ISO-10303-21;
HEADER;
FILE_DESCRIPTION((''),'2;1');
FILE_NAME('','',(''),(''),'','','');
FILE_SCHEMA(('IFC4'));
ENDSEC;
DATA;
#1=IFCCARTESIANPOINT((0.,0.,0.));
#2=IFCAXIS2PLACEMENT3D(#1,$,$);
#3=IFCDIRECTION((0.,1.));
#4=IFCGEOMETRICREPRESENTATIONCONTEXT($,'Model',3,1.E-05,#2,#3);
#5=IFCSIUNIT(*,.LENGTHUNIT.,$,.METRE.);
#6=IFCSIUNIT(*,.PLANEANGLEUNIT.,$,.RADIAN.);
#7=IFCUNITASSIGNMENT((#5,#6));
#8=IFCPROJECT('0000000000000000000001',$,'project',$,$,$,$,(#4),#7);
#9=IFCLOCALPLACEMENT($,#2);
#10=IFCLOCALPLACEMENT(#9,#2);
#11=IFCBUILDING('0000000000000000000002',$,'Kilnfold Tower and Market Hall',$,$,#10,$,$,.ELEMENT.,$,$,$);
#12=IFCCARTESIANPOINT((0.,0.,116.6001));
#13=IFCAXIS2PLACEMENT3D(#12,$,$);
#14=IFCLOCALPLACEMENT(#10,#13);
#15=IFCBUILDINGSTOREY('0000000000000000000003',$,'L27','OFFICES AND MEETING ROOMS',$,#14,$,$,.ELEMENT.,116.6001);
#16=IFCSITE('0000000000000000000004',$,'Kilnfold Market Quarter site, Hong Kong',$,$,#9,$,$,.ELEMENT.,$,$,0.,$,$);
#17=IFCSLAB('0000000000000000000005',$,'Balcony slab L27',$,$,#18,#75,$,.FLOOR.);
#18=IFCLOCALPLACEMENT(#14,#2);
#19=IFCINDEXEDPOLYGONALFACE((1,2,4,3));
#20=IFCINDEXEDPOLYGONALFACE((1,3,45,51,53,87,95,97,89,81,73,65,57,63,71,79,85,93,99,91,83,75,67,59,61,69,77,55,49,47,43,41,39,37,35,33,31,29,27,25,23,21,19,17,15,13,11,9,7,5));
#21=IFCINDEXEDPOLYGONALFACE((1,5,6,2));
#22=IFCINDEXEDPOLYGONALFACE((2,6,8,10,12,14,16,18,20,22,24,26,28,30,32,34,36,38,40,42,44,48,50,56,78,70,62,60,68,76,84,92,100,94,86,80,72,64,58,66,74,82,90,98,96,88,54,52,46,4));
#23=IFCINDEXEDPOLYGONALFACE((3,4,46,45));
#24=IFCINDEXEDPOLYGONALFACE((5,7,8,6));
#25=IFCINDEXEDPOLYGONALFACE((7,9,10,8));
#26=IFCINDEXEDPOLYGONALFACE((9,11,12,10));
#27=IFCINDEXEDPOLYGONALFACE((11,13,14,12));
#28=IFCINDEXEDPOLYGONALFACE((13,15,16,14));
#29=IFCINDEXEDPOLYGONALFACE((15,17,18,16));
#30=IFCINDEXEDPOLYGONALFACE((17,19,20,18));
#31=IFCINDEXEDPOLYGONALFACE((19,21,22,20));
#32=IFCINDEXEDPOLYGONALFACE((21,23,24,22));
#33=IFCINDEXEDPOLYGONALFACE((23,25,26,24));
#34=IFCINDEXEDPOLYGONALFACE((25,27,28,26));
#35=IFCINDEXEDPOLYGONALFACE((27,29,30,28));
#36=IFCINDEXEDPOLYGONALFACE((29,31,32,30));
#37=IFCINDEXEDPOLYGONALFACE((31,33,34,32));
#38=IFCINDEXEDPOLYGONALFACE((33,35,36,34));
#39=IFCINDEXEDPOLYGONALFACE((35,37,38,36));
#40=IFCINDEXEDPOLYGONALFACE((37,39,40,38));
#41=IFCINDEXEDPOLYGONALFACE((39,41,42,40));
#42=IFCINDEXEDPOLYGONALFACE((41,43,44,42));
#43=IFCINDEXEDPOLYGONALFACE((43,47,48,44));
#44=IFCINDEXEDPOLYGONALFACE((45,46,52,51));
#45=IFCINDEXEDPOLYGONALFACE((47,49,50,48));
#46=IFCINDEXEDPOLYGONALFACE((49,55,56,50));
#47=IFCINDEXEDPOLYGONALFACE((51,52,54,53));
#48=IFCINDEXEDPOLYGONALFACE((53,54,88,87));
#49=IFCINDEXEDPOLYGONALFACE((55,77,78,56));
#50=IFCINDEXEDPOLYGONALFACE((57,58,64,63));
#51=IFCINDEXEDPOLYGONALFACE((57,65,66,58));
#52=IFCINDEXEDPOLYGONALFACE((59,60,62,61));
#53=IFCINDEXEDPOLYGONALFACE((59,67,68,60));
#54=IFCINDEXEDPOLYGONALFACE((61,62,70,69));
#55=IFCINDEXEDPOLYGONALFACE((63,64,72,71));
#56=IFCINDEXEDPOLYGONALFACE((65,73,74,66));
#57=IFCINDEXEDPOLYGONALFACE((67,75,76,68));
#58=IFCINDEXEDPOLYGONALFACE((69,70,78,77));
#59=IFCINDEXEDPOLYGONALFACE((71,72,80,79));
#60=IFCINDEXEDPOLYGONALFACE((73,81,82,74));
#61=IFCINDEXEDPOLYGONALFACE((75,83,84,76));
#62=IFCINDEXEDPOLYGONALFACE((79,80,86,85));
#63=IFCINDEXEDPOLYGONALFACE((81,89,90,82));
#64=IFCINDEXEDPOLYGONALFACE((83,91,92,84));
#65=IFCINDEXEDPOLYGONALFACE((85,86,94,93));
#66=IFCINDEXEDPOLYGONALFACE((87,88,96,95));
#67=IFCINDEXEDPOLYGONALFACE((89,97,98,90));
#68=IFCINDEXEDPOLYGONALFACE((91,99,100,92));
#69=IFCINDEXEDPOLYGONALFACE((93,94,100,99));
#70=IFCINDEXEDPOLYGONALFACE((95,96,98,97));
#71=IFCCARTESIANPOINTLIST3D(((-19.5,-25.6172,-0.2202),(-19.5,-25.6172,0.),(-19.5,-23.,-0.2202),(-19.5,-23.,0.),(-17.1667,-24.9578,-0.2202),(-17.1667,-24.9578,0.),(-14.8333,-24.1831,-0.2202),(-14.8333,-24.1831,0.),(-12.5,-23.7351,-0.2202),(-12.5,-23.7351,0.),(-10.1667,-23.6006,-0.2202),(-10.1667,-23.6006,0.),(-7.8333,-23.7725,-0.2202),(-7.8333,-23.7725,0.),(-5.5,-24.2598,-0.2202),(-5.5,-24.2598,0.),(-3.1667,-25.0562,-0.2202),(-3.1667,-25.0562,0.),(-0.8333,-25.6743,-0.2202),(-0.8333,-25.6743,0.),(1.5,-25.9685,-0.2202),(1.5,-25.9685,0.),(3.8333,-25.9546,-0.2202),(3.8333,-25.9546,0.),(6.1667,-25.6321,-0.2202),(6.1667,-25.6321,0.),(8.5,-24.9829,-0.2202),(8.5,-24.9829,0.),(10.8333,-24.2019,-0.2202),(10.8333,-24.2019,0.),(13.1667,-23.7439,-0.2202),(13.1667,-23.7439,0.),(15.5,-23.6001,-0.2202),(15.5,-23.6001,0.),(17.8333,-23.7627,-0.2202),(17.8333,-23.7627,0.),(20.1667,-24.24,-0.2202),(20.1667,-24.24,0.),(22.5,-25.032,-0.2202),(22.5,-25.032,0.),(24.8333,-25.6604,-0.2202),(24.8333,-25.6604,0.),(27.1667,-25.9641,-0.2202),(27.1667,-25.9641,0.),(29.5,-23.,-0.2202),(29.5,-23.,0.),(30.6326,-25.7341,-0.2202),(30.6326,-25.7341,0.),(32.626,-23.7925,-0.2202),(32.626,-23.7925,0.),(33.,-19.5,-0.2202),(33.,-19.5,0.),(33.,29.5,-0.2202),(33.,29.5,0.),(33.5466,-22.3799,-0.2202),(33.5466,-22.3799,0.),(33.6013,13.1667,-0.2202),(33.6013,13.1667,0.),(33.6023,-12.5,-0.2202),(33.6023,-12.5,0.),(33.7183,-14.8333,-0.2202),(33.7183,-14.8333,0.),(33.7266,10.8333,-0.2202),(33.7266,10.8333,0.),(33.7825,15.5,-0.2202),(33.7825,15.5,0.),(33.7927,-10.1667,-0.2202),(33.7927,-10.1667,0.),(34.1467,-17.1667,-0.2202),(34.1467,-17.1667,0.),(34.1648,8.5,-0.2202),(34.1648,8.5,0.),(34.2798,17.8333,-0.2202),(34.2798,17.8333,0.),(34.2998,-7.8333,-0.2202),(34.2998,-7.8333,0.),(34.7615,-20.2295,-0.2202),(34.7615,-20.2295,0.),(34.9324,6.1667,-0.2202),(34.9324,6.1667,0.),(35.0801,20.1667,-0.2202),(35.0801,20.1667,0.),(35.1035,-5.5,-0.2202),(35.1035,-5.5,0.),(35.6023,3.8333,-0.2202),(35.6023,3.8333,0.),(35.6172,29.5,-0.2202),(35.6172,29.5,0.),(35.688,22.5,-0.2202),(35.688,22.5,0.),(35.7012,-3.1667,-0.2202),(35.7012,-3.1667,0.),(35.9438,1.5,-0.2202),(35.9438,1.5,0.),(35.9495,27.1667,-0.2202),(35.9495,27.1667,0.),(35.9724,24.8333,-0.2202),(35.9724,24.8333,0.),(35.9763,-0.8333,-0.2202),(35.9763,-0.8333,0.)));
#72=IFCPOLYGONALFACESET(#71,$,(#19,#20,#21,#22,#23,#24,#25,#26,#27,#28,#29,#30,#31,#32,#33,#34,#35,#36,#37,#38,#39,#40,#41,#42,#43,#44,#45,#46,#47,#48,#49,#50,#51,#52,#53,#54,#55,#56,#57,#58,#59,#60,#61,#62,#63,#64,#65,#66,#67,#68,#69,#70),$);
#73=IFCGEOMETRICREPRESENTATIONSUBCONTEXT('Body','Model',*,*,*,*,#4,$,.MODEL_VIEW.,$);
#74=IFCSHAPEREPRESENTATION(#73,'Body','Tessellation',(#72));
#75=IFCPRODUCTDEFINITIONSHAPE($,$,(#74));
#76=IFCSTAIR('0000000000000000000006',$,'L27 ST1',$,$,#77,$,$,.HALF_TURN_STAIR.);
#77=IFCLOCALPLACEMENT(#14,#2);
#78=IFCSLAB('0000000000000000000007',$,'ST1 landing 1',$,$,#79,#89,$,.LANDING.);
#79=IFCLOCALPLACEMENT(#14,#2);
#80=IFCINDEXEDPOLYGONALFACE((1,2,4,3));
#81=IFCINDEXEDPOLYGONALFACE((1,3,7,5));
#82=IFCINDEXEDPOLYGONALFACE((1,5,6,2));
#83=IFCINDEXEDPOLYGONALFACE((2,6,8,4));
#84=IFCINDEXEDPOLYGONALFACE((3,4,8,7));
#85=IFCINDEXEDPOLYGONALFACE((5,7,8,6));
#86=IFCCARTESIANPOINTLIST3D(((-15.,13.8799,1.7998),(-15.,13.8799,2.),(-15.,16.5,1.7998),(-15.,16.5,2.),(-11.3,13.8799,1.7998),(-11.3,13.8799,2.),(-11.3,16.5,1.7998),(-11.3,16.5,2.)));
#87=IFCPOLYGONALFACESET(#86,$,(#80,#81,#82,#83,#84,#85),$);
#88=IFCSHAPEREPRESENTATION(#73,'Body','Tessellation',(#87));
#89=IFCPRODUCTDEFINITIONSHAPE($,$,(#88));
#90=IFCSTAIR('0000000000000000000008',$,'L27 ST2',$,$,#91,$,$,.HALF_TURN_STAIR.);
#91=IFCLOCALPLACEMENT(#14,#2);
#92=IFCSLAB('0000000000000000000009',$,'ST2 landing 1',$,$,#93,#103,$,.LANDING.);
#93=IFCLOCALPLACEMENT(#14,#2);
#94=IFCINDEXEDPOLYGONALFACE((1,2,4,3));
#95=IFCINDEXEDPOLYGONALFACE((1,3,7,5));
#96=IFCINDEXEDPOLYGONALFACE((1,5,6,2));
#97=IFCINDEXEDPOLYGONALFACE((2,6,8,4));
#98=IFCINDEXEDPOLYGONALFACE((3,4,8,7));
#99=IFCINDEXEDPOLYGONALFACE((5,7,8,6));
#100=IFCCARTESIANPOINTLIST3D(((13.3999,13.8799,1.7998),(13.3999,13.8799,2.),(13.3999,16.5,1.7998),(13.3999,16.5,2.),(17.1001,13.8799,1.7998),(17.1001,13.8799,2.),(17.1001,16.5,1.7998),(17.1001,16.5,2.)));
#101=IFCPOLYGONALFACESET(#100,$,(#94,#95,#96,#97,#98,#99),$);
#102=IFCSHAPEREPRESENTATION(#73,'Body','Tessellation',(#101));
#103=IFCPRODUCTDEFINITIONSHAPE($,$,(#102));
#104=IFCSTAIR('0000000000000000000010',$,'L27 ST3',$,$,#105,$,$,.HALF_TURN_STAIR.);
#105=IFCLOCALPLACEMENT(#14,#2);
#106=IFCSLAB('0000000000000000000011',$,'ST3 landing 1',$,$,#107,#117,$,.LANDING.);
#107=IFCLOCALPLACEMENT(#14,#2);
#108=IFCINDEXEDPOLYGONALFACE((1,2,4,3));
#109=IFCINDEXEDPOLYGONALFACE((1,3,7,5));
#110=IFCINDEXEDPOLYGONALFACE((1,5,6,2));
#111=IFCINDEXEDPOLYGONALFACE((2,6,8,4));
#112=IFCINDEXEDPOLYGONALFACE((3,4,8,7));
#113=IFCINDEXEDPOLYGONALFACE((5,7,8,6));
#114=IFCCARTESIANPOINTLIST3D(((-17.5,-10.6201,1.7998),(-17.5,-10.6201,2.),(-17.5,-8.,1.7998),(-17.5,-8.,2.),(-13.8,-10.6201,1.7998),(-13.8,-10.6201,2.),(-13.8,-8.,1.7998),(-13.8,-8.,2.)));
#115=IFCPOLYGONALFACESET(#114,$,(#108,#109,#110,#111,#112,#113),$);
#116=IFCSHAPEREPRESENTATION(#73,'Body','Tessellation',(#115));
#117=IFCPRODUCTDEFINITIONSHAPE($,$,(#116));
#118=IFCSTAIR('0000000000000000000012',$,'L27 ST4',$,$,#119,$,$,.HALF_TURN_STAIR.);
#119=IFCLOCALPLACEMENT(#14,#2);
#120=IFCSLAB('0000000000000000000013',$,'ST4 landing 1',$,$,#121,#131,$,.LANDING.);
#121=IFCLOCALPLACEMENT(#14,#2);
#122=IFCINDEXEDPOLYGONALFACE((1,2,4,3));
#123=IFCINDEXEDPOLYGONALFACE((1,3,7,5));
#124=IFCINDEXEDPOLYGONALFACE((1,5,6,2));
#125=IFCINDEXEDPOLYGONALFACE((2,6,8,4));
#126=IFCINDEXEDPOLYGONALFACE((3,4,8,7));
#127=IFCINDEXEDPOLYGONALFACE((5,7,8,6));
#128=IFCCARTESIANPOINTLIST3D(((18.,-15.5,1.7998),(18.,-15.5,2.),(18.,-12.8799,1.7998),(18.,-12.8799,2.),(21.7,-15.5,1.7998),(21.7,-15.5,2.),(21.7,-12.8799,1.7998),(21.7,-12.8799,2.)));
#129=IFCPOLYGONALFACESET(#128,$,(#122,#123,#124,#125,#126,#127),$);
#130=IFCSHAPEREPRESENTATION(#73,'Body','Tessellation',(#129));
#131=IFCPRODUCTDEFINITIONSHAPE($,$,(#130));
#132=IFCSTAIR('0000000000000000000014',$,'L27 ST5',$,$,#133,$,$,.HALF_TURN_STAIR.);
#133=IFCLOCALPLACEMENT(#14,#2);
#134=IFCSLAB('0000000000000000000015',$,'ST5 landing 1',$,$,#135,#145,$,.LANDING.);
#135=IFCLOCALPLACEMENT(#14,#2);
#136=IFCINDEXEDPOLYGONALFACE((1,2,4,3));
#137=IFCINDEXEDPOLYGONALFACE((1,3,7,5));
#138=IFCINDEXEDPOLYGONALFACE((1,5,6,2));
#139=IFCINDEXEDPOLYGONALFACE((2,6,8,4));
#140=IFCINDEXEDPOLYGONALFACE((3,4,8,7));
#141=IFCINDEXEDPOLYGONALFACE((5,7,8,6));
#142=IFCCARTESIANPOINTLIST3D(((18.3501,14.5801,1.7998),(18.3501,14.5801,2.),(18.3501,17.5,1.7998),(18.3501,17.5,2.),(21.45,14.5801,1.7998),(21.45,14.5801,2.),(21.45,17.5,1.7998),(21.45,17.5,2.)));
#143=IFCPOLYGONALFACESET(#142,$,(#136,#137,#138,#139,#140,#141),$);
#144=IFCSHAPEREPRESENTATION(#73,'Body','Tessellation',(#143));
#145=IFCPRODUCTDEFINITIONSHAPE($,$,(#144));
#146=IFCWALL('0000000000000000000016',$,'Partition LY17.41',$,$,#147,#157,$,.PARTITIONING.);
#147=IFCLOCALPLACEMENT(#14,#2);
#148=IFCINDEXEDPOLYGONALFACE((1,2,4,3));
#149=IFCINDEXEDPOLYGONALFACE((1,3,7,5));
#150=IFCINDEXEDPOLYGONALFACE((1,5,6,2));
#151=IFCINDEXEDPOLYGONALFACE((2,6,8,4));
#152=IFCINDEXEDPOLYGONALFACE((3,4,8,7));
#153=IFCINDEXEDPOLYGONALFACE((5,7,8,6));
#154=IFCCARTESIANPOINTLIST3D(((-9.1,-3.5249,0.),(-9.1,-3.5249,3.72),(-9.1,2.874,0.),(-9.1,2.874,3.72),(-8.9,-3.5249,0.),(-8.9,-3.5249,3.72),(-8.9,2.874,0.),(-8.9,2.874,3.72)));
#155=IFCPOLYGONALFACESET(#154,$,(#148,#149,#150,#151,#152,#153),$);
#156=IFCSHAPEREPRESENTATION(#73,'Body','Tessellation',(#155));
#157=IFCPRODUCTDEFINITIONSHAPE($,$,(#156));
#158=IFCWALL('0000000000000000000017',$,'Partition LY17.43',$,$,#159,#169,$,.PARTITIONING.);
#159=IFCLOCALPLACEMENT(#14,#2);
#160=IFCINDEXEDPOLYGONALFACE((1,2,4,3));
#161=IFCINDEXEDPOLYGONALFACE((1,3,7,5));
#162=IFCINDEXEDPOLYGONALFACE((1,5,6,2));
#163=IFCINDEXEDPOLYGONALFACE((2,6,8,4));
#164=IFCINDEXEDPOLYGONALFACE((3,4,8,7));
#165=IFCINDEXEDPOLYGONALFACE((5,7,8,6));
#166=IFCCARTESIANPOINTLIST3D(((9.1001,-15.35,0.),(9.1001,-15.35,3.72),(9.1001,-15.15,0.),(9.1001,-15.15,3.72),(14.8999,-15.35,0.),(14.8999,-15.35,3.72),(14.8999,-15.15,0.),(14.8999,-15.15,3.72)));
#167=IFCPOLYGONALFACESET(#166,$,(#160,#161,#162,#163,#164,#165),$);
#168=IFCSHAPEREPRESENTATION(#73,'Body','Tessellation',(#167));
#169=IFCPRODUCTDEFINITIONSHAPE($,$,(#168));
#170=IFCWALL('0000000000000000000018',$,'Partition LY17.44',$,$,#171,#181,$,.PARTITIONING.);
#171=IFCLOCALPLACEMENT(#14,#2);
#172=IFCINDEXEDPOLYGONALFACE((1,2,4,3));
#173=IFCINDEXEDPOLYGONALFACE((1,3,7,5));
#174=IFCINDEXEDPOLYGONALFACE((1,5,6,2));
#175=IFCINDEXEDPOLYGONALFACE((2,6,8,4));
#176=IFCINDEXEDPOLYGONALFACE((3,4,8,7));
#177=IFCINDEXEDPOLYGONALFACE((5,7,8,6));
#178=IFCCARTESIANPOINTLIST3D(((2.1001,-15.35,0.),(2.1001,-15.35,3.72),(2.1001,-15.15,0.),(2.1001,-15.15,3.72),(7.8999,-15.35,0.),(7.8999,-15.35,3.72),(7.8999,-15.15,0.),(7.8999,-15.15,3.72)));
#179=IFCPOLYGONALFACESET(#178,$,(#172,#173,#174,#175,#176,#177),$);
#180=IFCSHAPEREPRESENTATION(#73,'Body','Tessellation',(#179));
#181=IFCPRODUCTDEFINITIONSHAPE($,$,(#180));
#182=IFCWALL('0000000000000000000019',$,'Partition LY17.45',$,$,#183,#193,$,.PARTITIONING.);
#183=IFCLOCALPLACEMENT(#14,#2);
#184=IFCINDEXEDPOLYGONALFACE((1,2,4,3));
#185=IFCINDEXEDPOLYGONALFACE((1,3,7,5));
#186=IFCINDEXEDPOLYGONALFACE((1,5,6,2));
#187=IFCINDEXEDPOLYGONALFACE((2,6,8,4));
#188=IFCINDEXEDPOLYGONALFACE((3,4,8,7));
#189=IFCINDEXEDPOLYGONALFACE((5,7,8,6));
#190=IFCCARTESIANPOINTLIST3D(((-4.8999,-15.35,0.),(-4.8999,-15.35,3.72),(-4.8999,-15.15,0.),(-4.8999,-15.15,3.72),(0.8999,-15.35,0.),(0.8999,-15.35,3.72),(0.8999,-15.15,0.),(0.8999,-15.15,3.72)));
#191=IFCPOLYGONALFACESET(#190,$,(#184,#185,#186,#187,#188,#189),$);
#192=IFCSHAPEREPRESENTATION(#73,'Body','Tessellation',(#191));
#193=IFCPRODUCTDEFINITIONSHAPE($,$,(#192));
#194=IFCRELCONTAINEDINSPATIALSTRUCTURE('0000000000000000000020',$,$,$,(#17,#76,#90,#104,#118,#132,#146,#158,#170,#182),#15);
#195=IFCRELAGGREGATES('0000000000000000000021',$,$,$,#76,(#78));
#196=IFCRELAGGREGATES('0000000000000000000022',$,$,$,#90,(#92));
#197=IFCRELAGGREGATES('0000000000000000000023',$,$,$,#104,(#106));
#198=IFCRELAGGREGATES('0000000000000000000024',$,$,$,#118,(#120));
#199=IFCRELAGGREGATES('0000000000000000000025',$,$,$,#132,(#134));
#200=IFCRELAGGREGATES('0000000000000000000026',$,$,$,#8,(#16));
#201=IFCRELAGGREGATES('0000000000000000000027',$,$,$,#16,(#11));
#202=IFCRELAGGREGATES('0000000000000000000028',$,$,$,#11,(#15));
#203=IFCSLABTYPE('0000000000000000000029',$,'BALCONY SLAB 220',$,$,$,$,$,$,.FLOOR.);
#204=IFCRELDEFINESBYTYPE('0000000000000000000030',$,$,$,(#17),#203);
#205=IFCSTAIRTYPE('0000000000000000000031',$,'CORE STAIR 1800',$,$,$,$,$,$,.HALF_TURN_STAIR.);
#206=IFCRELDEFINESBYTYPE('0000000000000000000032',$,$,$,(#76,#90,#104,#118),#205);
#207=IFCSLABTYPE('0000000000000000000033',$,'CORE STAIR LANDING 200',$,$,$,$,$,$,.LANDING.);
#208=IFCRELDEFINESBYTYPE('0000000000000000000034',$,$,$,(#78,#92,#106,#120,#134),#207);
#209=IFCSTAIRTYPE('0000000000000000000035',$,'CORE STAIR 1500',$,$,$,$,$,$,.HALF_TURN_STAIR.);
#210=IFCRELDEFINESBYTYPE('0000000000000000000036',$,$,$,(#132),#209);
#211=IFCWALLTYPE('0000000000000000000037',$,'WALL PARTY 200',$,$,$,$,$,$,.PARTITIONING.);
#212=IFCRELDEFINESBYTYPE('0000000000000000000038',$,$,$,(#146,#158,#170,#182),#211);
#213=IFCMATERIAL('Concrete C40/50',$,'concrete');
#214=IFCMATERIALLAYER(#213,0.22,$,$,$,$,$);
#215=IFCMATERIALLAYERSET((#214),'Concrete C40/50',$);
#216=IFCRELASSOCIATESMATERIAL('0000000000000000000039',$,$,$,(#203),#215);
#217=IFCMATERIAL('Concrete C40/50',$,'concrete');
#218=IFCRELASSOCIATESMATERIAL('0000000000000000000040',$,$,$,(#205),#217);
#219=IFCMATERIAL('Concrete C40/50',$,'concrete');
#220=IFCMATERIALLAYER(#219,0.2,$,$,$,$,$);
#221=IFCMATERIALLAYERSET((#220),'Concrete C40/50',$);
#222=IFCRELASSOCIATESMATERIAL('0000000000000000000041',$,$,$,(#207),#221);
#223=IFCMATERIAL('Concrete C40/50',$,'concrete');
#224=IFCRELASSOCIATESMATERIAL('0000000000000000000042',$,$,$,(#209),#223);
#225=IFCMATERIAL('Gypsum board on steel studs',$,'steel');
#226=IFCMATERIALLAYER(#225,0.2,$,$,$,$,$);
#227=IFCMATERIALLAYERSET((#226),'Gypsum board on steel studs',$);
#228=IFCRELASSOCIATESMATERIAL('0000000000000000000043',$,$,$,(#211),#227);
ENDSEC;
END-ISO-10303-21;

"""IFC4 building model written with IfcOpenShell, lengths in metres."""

from ifc_helpers import new_model, si_unit, direction, frame, frame_2d, origin, place, context, subcontext, project, spatial, polyline, rectangle, outline, extrude, source, transform, mapped, material, layer, layer_set, type_object, element, aggregate, save


model = new_model("IFC4")

# Units and contexts
model_context = context("Model", 3, precision=1e-05, world=origin(), true_north=direction((0.0, 1.0)))
body_context = subcontext(model_context, "Body", "Model", "MODEL_VIEW")
ifc_project = project(units=[si_unit("LENGTHUNIT", "METRE"), si_unit("PLANEANGLEUNIT", "RADIAN")], contexts=[model_context])

# Site, building, storey
site_placement = place(None, origin())
site = spatial("IfcSite", under=ifc_project, at=site_placement, Name="Kilnfold Market Quarter site, Hong Kong", CompositionType="ELEMENT", RefElevation=0.0)
building_placement = place(site_placement, origin())
building = spatial("IfcBuilding", under=site, at=building_placement, Name="Kilnfold Tower and Market Hall", CompositionType="ELEMENT")
storey_placement = place(building_placement, frame((0.0, 0.0, 116.6001)))
storey = spatial("IfcBuildingStorey", under=building, at=storey_placement, Name="L27", Description="OFFICES AND MEETING ROOMS", CompositionType="ELEMENT", Elevation=116.6001)

# Slab
ifc_material_1 = material(Name="Concrete C40/50", Category="concrete")
ifc_layer_1 = layer(ifc_material_1, 0.22)
ifc_layer_set_1 = layer_set([ifc_layer_1], Name="Concrete C40/50")
slab_type_1 = type_object("IfcSlabType", Name="BALCONY SLAB 220", PredefinedType="FLOOR", material=ifc_layer_set_1)
shared_shape_1 = source(origin(), body_context, "Body", "SweptSolid", [
    extrude(outline(polyline([(-19.5, -23.0), (29.5, -23.0), (33.0, -19.5), (33.0, 29.5), (35.6172, 29.5), (35.9495, 27.1667), (35.9724, 24.8333), (35.688, 22.5), (35.0801, 20.1667), (34.2798, 17.8333), (33.7825, 15.5), (33.6013, 13.1667), (33.7266, 10.8333), (34.1648, 8.5), (34.9324, 6.1667), (35.6023, 3.8333), (35.9438, 1.5), (35.9763, -0.8333), (35.7012, -3.1667), (35.1035, -5.5), (34.2998, -7.8333), (33.7927, -10.1667), (33.6023, -12.5), (33.7183, -14.8333), (34.1467, -17.1667), (34.7615, -20.2295), (33.5466, -22.3799), (32.626, -23.7925), (30.6326, -25.7341), (27.1667, -25.9641), (24.8333, -25.6604), (22.5, -25.032), (20.1667, -24.24), (17.8333, -23.7627), (15.5, -23.6001), (13.1667, -23.7439), (10.8333, -24.2019), (8.5, -24.9829), (6.1667, -25.6321), (3.8333, -25.9546), (1.5, -25.9685), (-0.8333, -25.6743), (-3.1667, -25.0562), (-5.5, -24.2598), (-7.8333, -23.7725), (-10.1667, -23.6006), (-12.5, -23.7351), (-14.8333, -24.1831), (-17.1667, -24.9578), (-19.5, -25.6172), (-19.5, -23.0)])), origin(), (0.0, 0.0, 1.0), 0.2202),
])
slab_1_placement = place(storey_placement, frame((0.0, 0.0, -0.2202)))
element("IfcSlab", 1, at=slab_1_placement, inside=storey, type_object=slab_type_1, Name="Balcony slab L27", PredefinedType="FLOOR", context=body_context, shape_type="MappedRepresentation", body=[
    mapped(shared_shape_1, transform((0.0, 0.0, 0.0))),
])

# Stairs, slabs
ifc_material_2 = material(Name="Concrete C40/50", Category="concrete")
stair_type_1 = type_object("IfcStairType", Name="CORE STAIR 1800", PredefinedType="HALF_TURN_STAIR", material=ifc_material_2)
stair_1_placement = place(storey_placement, origin())
stair_1 = element("IfcStair", 2, at=stair_1_placement, inside=storey, type_object=stair_type_1, Name="L27 ST1", PredefinedType="HALF_TURN_STAIR")
ifc_material_3 = material(Name="Concrete C40/50", Category="concrete")
ifc_layer_2 = layer(ifc_material_3, 0.2)
ifc_layer_set_2 = layer_set([ifc_layer_2], Name="Concrete C40/50")
slab_type_2 = type_object("IfcSlabType", Name="CORE STAIR LANDING 200", PredefinedType="LANDING", material=ifc_layer_set_2)
shared_shape_2 = source(origin(), body_context, "Body", "SweptSolid", [
    extrude(outline(polyline([(-11.3, 13.8799), (-11.3, 16.5), (-15.0, 16.5), (-15.0, 13.8799), (-11.3, 13.8799)])), origin(), (0.0, 0.0, 1.0), 0.2002),
])
slab_2_placement = place(storey_placement, frame((0.0, 0.0, 1.7998)))
slab_2 = element("IfcSlab", 3, at=slab_2_placement, type_object=slab_type_2, Name="ST1 landing 1", PredefinedType="LANDING", context=body_context, shape_type="MappedRepresentation", body=[
    mapped(shared_shape_2, transform((0.0, 0.0, 0.0))),
])
aggregate(stair_1, [slab_2])
stair_2_placement = place(storey_placement, origin())
stair_2 = element("IfcStair", 4, at=stair_2_placement, inside=storey, type_object=stair_type_1, Name="L27 ST2", PredefinedType="HALF_TURN_STAIR")
shared_shape_3 = source(origin(), body_context, "Body", "SweptSolid", [
    extrude(outline(polyline([(17.1001, 13.8799), (17.1001, 16.5), (13.3999, 16.5), (13.3999, 13.8799), (17.1001, 13.8799)])), origin(), (0.0, 0.0, 1.0), 0.2002),
])
slab_3_placement = place(storey_placement, frame((0.0, 0.0, 1.7998)))
slab_3 = element("IfcSlab", 5, at=slab_3_placement, type_object=slab_type_2, Name="ST2 landing 1", PredefinedType="LANDING", context=body_context, shape_type="MappedRepresentation", body=[
    mapped(shared_shape_3, transform((0.0, 0.0, 0.0))),
])
aggregate(stair_2, [slab_3])
stair_3_placement = place(storey_placement, origin())
stair_3 = element("IfcStair", 6, at=stair_3_placement, inside=storey, type_object=stair_type_1, Name="L27 ST3", PredefinedType="HALF_TURN_STAIR")
shared_shape_4 = source(origin(), body_context, "Body", "SweptSolid", [
    extrude(outline(polyline([(-13.8, -10.6201), (-13.8, -8.0), (-17.5, -8.0), (-17.5, -10.6201), (-13.8, -10.6201)])), origin(), (0.0, 0.0, 1.0), 0.2002),
])
slab_4_placement = place(storey_placement, frame((0.0, 0.0, 1.7998)))
slab_4 = element("IfcSlab", 7, at=slab_4_placement, type_object=slab_type_2, Name="ST3 landing 1", PredefinedType="LANDING", context=body_context, shape_type="MappedRepresentation", body=[
    mapped(shared_shape_4, transform((0.0, 0.0, 0.0))),
])
aggregate(stair_3, [slab_4])
stair_4_placement = place(storey_placement, origin())
stair_4 = element("IfcStair", 8, at=stair_4_placement, inside=storey, type_object=stair_type_1, Name="L27 ST4", PredefinedType="HALF_TURN_STAIR")
shared_shape_5 = source(origin(), body_context, "Body", "SweptSolid", [
    extrude(outline(polyline([(18.0, -12.8799), (18.0, -15.5), (21.7, -15.5), (21.7, -12.8799), (18.0, -12.8799)])), origin(), (0.0, 0.0, 1.0), 0.2002),
])
slab_5_placement = place(storey_placement, frame((0.0, 0.0, 1.7998)))
slab_5 = element("IfcSlab", 9, at=slab_5_placement, type_object=slab_type_2, Name="ST4 landing 1", PredefinedType="LANDING", context=body_context, shape_type="MappedRepresentation", body=[
    mapped(shared_shape_5, transform((0.0, 0.0, 0.0))),
])
aggregate(stair_4, [slab_5])
ifc_material_4 = material(Name="Concrete C40/50", Category="concrete")
stair_type_2 = type_object("IfcStairType", Name="CORE STAIR 1500", PredefinedType="HALF_TURN_STAIR", material=ifc_material_4)
stair_5_placement = place(storey_placement, origin())
stair_5 = element("IfcStair", 10, at=stair_5_placement, inside=storey, type_object=stair_type_2, Name="L27 ST5", PredefinedType="HALF_TURN_STAIR")
shared_shape_6 = source(origin(), body_context, "Body", "SweptSolid", [
    extrude(outline(polyline([(21.45, 14.5801), (21.45, 17.5), (18.3501, 17.5), (18.3501, 14.5801), (21.45, 14.5801)])), origin(), (0.0, 0.0, 1.0), 0.2002),
])
slab_6_placement = place(storey_placement, frame((0.0, 0.0, 1.7998)))
slab_6 = element("IfcSlab", 11, at=slab_6_placement, type_object=slab_type_2, Name="ST5 landing 1", PredefinedType="LANDING", context=body_context, shape_type="MappedRepresentation", body=[
    mapped(shared_shape_6, transform((0.0, 0.0, 0.0))),
])
aggregate(stair_5, [slab_6])

# Walls
ifc_material_5 = material(Name="Gypsum board on steel studs", Category="steel")
ifc_layer_3 = layer(ifc_material_5, 0.2)
ifc_layer_set_3 = layer_set([ifc_layer_3], Name="Gypsum board on steel studs")
wall_type = type_object("IfcWallType", Name="WALL PARTY 200", PredefinedType="PARTITIONING", material=ifc_layer_set_3)
wall_1_placement = place(storey_placement, frame((-9.0, -3.5249, 0.0), z_axis=(0.0, 0.0, 1.0), x_axis=(0.0, 1.0, 0.0)))
element("IfcWall", 12, at=wall_1_placement, inside=storey, type_object=wall_type, Name="Partition LY17.41", PredefinedType="PARTITIONING", context=body_context, shape_type="SweptSolid", body=[
    extrude(rectangle(XDim=6.3989, YDim=0.2, at=frame_2d((3.1995, 0.0))), origin(), (0.0, 0.0, 1.0), 3.72),
])
for number, where, z_axis, x_axis, name in (
    (13, (9.1001, -15.25, 0.0), (0.0, 0.0, 1.0), (1.0, 0.0, 0.0), "Partition LY17.43"),
    (14, (2.1001, -15.25, 0.0), (0.0, 0.0, 1.0), (1.0, 0.0, 0.0), "Partition LY17.44"),
    (15, (-4.8999, -15.25, 0.0), (0.0, 0.0, 1.0), (1.0, 0.0, 0.0), "Partition LY17.45"),
):
    element("IfcWall", number, at=place(storey_placement, frame(where, z_axis=z_axis, x_axis=x_axis)), inside=storey, type_object=wall_type, Name=name, PredefinedType="PARTITIONING", context=body_context, shape_type="SweptSolid", body=[
        extrude(rectangle(XDim=5.7998, YDim=0.2, at=frame_2d((2.8999, 0.0))), origin(), (0.0, 0.0, 1.0), 3.72),
    ])

save(model, "model.ifc")
